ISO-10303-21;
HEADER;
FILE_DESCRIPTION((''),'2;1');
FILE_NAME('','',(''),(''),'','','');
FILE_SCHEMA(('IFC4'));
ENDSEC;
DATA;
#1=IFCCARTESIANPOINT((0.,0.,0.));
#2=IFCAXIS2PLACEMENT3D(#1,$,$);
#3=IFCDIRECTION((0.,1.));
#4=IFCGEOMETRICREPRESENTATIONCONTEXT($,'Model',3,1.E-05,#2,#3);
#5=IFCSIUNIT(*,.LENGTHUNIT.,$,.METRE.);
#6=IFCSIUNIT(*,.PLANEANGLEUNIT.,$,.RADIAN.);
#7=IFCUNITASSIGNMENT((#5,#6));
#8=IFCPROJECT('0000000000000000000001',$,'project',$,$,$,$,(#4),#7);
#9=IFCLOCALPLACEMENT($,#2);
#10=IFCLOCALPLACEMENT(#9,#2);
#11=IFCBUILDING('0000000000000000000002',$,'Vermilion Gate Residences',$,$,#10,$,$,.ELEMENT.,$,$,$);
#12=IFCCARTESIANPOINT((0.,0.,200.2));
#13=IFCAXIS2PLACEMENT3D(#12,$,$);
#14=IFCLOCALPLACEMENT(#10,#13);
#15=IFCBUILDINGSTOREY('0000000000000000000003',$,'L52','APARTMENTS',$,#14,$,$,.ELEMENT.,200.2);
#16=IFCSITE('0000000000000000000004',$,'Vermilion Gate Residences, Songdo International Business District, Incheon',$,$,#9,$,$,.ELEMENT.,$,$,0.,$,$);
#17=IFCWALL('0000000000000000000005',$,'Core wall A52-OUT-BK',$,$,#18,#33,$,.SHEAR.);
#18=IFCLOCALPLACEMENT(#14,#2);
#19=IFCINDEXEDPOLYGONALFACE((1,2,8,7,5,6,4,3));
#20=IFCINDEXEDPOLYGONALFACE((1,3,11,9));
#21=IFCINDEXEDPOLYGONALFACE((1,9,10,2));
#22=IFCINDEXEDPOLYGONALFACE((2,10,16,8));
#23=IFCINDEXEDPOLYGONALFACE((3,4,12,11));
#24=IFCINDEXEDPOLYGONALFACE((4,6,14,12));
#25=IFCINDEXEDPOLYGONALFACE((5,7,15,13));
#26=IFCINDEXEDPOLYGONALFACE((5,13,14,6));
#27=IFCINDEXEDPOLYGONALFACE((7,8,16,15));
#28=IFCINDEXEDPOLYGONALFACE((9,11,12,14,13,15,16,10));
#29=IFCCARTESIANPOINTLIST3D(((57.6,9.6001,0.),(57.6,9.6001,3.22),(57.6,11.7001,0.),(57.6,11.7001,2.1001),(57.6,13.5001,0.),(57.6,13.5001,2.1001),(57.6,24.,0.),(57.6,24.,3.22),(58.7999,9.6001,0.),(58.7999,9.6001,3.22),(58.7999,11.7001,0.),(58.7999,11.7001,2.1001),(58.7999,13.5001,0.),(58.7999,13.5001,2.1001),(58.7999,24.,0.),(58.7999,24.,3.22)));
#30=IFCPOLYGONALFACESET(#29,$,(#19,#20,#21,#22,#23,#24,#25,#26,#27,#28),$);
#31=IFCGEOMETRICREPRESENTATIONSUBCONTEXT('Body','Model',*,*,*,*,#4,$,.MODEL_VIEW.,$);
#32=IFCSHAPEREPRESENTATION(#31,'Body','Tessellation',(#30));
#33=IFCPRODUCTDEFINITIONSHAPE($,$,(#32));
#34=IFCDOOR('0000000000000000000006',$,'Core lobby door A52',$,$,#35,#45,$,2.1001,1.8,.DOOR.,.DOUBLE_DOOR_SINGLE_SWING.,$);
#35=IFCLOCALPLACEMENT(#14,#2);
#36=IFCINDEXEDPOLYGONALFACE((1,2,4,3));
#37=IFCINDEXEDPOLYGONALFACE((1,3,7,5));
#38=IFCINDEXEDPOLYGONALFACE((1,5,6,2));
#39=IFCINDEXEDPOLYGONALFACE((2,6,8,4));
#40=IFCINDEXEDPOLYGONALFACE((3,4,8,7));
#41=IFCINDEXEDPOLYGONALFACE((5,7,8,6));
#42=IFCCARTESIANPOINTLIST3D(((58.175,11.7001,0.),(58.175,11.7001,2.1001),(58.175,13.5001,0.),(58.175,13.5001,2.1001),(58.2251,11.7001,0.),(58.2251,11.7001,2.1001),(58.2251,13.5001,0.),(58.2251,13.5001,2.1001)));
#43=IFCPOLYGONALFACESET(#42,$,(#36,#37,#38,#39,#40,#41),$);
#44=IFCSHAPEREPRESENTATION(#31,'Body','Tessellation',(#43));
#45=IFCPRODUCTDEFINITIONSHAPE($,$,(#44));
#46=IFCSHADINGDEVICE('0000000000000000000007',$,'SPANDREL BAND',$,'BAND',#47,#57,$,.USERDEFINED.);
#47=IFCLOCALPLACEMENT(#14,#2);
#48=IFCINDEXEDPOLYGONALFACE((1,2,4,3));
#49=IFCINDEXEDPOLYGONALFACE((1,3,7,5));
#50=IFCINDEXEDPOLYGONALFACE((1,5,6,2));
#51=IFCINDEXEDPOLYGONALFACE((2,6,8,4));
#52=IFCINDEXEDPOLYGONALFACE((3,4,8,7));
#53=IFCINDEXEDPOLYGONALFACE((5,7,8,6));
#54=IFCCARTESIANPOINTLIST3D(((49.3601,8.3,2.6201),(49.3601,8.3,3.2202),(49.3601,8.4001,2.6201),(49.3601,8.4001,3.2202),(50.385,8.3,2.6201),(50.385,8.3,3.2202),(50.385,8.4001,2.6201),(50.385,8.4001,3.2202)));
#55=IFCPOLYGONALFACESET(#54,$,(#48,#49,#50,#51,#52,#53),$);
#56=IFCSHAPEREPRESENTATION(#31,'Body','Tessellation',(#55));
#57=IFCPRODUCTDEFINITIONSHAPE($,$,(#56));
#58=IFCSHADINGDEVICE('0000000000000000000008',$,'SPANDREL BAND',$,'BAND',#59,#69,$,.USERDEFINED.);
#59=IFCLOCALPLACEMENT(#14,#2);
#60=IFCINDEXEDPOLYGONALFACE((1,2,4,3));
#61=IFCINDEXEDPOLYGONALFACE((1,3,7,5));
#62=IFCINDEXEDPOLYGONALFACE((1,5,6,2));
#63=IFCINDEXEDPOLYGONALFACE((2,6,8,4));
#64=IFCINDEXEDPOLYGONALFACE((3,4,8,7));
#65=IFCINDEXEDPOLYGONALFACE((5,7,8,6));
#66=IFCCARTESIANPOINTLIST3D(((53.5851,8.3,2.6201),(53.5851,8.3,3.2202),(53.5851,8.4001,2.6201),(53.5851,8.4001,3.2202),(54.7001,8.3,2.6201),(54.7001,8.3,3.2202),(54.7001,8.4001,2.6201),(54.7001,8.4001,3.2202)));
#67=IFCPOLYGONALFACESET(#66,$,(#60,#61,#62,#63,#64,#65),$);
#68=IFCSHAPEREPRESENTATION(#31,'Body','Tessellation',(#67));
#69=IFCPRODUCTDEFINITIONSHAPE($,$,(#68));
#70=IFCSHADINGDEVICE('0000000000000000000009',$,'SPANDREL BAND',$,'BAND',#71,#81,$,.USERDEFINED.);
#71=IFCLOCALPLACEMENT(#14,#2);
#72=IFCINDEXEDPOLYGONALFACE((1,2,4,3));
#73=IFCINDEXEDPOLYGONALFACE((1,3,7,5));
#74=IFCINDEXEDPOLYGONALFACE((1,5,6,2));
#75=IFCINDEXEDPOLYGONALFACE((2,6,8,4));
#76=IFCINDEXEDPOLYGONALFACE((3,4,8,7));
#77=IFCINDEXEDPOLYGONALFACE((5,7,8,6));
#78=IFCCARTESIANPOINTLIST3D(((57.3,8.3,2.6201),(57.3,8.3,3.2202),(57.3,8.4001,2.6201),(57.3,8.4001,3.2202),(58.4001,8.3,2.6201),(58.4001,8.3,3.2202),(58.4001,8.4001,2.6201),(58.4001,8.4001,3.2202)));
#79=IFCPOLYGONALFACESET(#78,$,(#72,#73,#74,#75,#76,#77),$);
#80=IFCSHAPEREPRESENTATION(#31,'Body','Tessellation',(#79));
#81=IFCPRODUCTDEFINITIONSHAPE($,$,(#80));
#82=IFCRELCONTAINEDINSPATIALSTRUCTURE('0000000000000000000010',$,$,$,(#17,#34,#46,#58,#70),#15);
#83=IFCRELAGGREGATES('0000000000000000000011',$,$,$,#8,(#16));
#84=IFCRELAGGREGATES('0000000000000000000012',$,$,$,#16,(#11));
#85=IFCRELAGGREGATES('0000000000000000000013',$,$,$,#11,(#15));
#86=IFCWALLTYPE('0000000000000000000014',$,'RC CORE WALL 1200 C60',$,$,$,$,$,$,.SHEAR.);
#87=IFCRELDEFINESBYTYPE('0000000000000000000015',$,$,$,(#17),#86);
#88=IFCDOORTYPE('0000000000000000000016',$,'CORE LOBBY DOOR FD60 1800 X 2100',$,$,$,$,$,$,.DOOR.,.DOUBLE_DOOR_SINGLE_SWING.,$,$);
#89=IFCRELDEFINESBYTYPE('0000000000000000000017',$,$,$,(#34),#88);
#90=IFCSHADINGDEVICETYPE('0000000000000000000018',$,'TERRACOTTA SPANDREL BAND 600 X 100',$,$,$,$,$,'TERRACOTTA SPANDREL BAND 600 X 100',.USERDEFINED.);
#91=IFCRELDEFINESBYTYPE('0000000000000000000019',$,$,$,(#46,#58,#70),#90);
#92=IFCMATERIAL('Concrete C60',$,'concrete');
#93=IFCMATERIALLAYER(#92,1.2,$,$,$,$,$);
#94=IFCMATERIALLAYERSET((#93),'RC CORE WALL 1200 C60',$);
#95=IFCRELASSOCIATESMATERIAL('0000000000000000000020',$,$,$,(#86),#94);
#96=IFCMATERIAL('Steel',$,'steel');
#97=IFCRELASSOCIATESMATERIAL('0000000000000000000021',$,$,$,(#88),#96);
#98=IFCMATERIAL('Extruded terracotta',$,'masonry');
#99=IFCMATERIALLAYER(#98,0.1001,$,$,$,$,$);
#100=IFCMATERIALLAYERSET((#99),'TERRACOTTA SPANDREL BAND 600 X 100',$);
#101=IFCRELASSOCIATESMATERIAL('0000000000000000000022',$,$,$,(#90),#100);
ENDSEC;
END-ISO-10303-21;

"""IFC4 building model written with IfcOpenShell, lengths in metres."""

from ifc_helpers import new_model, si_unit, direction, frame, frame_2d, origin, origin_2d, place, context, subcontext, project, spatial, rectangle, extrude, material, layer, layer_set, type_object, element, fill, save


model = new_model("IFC4")

# Units and contexts
model_context = context("Model", 3, precision=1e-05, world=origin(), true_north=direction((0.0, 1.0)))
body_context = subcontext(model_context, "Body", "Model", "MODEL_VIEW")
ifc_project = project(units=[si_unit("LENGTHUNIT", "METRE"), si_unit("PLANEANGLEUNIT", "RADIAN")], contexts=[model_context])

# Site, building, storey
site_placement = place(None, origin())
site = spatial("IfcSite", under=ifc_project, at=site_placement, Name="Vermilion Gate Residences, Songdo International Business District, Incheon", CompositionType="ELEMENT", RefElevation=0.0)
building_placement = place(site_placement, origin())
building = spatial("IfcBuilding", under=site, at=building_placement, Name="Vermilion Gate Residences", CompositionType="ELEMENT")
storey_placement = place(building_placement, frame((0.0, 0.0, 200.2)))
storey = spatial("IfcBuildingStorey", under=building, at=storey_placement, Name="L52", Description="APARTMENTS", CompositionType="ELEMENT", Elevation=200.2)

# Wall, opening, door
ifc_material_1 = material(Name="Concrete C60", Category="concrete")
ifc_layer_1 = layer(ifc_material_1, 1.2)
ifc_layer_set_1 = layer_set([ifc_layer_1], Name="RC CORE WALL 1200 C60")
wall_type_1 = type_object("IfcWallType", Name="RC CORE WALL 1200 C60", PredefinedType="SHEAR", material=ifc_layer_set_1)
wall_1_placement = place(storey_placement, frame((58.2, 9.6001, 0.0), z_axis=(0.0, 0.0, 1.0), x_axis=(0.0, 1.0, 0.0)))
wall_1 = element("IfcWall", 1, at=wall_1_placement, inside=storey, type_object=wall_type_1, Name="Core wall A52-OUT-BK", PredefinedType="SHEAR", context=body_context, shape_type="SweptSolid", body=[
    extrude(rectangle(XDim=14.3999, YDim=1.2, at=frame_2d((7.2, 0.0))), origin(), (0.0, 0.0, 1.0), 3.22),
])
opening_1_placement = place(wall_1_placement, frame((2.1001, 0.0, 0.0)))
opening_1 = element("IfcOpeningElement", 2, at=opening_1_placement, cuts=wall_1, PredefinedType="OPENING", context=body_context, shape_type="SweptSolid", body=[
    extrude(rectangle(XDim=1.8, YDim=2.1001, at=frame_2d((0.8999, 1.05))), frame((0.0, 0.6099, 0.0), z_axis=(0.0, -1.0, 0.0), x_axis=(1.0, 0.0, 0.0)), (0.0, 0.0, 1.0), 1.22),
])
ifc_material_2 = material(Name="Steel", Category="steel")
door_type_1 = type_object("IfcDoorType", Name="CORE LOBBY DOOR FD60 1800 X 2100", OperationType="DOUBLE_DOOR_SINGLE_SWING", PredefinedType="DOOR", material=ifc_material_2)
door_1_placement = place(opening_1_placement, origin())
door_1 = element("IfcDoor", 3, at=door_1_placement, inside=storey, type_object=door_type_1, Name="Core lobby door A52", OperationType="DOUBLE_DOOR_SINGLE_SWING", OverallHeight=2.1001, OverallWidth=1.8, PredefinedType="DOOR", context=body_context, shape_type="SweptSolid", body=[
    extrude(rectangle(XDim=1.8, YDim=2.1001, at=frame_2d((0.8999, 1.05))), frame((0.0, 0.0249, 0.0), z_axis=(0.0, -1.0, 0.0), x_axis=(1.0, 0.0, 0.0)), (0.0, 0.0, 1.0), 0.05),
])
fill(opening_1, door_1)

# Shading devices
ifc_material_3 = material(Name="Extruded terracotta", Category="masonry")
ifc_layer_2 = layer(ifc_material_3, 0.1001)
ifc_layer_set_2 = layer_set([ifc_layer_2], Name="TERRACOTTA SPANDREL BAND 600 X 100")
shading_device_type = type_object("IfcShadingDeviceType", Name="TERRACOTTA SPANDREL BAND 600 X 100", ElementType="TERRACOTTA SPANDREL BAND 600 X 100", PredefinedType="USERDEFINED", material=ifc_layer_set_2)
shading_device_1_placement = place(storey_placement, frame((49.8726, 8.3501, 2.6201), z_axis=(0.0, 0.0, 1.0), x_axis=(1.0, 0.0, 0.0)))
element("IfcShadingDevice", 4, at=shading_device_1_placement, inside=storey, type_object=shading_device_type, Name="SPANDREL BAND", ObjectType="BAND", PredefinedType="USERDEFINED", context=body_context, shape_type="SweptSolid", body=[
    extrude(rectangle(XDim=1.0249, YDim=0.1001, at=origin_2d()), origin(), (0.0, 0.0, 1.0), 0.6001),
])
shading_device_2_placement = place(storey_placement, frame((54.1426, 8.3501, 2.6201), z_axis=(0.0, 0.0, 1.0), x_axis=(1.0, 0.0, 0.0)))
element("IfcShadingDevice", 5, at=shading_device_2_placement, inside=storey, type_object=shading_device_type, Name="SPANDREL BAND", ObjectType="BAND", PredefinedType="USERDEFINED", context=body_context, shape_type="SweptSolid", body=[
    extrude(rectangle(XDim=1.115, YDim=0.1001, at=origin_2d()), origin(), (0.0, 0.0, 1.0), 0.6001),
])
shading_device_3_placement = place(storey_placement, frame((57.8501, 8.3501, 2.6201), z_axis=(0.0, 0.0, 1.0), x_axis=(1.0, 0.0, 0.0)))
element("IfcShadingDevice", 6, at=shading_device_3_placement, inside=storey, type_object=shading_device_type, Name="SPANDREL BAND", ObjectType="BAND", PredefinedType="USERDEFINED", context=body_context, shape_type="SweptSolid", body=[
    extrude(rectangle(XDim=1.1001, YDim=0.1001, at=origin_2d()), origin(), (0.0, 0.0, 1.0), 0.6001),
])

save(model, "model.ifc")
